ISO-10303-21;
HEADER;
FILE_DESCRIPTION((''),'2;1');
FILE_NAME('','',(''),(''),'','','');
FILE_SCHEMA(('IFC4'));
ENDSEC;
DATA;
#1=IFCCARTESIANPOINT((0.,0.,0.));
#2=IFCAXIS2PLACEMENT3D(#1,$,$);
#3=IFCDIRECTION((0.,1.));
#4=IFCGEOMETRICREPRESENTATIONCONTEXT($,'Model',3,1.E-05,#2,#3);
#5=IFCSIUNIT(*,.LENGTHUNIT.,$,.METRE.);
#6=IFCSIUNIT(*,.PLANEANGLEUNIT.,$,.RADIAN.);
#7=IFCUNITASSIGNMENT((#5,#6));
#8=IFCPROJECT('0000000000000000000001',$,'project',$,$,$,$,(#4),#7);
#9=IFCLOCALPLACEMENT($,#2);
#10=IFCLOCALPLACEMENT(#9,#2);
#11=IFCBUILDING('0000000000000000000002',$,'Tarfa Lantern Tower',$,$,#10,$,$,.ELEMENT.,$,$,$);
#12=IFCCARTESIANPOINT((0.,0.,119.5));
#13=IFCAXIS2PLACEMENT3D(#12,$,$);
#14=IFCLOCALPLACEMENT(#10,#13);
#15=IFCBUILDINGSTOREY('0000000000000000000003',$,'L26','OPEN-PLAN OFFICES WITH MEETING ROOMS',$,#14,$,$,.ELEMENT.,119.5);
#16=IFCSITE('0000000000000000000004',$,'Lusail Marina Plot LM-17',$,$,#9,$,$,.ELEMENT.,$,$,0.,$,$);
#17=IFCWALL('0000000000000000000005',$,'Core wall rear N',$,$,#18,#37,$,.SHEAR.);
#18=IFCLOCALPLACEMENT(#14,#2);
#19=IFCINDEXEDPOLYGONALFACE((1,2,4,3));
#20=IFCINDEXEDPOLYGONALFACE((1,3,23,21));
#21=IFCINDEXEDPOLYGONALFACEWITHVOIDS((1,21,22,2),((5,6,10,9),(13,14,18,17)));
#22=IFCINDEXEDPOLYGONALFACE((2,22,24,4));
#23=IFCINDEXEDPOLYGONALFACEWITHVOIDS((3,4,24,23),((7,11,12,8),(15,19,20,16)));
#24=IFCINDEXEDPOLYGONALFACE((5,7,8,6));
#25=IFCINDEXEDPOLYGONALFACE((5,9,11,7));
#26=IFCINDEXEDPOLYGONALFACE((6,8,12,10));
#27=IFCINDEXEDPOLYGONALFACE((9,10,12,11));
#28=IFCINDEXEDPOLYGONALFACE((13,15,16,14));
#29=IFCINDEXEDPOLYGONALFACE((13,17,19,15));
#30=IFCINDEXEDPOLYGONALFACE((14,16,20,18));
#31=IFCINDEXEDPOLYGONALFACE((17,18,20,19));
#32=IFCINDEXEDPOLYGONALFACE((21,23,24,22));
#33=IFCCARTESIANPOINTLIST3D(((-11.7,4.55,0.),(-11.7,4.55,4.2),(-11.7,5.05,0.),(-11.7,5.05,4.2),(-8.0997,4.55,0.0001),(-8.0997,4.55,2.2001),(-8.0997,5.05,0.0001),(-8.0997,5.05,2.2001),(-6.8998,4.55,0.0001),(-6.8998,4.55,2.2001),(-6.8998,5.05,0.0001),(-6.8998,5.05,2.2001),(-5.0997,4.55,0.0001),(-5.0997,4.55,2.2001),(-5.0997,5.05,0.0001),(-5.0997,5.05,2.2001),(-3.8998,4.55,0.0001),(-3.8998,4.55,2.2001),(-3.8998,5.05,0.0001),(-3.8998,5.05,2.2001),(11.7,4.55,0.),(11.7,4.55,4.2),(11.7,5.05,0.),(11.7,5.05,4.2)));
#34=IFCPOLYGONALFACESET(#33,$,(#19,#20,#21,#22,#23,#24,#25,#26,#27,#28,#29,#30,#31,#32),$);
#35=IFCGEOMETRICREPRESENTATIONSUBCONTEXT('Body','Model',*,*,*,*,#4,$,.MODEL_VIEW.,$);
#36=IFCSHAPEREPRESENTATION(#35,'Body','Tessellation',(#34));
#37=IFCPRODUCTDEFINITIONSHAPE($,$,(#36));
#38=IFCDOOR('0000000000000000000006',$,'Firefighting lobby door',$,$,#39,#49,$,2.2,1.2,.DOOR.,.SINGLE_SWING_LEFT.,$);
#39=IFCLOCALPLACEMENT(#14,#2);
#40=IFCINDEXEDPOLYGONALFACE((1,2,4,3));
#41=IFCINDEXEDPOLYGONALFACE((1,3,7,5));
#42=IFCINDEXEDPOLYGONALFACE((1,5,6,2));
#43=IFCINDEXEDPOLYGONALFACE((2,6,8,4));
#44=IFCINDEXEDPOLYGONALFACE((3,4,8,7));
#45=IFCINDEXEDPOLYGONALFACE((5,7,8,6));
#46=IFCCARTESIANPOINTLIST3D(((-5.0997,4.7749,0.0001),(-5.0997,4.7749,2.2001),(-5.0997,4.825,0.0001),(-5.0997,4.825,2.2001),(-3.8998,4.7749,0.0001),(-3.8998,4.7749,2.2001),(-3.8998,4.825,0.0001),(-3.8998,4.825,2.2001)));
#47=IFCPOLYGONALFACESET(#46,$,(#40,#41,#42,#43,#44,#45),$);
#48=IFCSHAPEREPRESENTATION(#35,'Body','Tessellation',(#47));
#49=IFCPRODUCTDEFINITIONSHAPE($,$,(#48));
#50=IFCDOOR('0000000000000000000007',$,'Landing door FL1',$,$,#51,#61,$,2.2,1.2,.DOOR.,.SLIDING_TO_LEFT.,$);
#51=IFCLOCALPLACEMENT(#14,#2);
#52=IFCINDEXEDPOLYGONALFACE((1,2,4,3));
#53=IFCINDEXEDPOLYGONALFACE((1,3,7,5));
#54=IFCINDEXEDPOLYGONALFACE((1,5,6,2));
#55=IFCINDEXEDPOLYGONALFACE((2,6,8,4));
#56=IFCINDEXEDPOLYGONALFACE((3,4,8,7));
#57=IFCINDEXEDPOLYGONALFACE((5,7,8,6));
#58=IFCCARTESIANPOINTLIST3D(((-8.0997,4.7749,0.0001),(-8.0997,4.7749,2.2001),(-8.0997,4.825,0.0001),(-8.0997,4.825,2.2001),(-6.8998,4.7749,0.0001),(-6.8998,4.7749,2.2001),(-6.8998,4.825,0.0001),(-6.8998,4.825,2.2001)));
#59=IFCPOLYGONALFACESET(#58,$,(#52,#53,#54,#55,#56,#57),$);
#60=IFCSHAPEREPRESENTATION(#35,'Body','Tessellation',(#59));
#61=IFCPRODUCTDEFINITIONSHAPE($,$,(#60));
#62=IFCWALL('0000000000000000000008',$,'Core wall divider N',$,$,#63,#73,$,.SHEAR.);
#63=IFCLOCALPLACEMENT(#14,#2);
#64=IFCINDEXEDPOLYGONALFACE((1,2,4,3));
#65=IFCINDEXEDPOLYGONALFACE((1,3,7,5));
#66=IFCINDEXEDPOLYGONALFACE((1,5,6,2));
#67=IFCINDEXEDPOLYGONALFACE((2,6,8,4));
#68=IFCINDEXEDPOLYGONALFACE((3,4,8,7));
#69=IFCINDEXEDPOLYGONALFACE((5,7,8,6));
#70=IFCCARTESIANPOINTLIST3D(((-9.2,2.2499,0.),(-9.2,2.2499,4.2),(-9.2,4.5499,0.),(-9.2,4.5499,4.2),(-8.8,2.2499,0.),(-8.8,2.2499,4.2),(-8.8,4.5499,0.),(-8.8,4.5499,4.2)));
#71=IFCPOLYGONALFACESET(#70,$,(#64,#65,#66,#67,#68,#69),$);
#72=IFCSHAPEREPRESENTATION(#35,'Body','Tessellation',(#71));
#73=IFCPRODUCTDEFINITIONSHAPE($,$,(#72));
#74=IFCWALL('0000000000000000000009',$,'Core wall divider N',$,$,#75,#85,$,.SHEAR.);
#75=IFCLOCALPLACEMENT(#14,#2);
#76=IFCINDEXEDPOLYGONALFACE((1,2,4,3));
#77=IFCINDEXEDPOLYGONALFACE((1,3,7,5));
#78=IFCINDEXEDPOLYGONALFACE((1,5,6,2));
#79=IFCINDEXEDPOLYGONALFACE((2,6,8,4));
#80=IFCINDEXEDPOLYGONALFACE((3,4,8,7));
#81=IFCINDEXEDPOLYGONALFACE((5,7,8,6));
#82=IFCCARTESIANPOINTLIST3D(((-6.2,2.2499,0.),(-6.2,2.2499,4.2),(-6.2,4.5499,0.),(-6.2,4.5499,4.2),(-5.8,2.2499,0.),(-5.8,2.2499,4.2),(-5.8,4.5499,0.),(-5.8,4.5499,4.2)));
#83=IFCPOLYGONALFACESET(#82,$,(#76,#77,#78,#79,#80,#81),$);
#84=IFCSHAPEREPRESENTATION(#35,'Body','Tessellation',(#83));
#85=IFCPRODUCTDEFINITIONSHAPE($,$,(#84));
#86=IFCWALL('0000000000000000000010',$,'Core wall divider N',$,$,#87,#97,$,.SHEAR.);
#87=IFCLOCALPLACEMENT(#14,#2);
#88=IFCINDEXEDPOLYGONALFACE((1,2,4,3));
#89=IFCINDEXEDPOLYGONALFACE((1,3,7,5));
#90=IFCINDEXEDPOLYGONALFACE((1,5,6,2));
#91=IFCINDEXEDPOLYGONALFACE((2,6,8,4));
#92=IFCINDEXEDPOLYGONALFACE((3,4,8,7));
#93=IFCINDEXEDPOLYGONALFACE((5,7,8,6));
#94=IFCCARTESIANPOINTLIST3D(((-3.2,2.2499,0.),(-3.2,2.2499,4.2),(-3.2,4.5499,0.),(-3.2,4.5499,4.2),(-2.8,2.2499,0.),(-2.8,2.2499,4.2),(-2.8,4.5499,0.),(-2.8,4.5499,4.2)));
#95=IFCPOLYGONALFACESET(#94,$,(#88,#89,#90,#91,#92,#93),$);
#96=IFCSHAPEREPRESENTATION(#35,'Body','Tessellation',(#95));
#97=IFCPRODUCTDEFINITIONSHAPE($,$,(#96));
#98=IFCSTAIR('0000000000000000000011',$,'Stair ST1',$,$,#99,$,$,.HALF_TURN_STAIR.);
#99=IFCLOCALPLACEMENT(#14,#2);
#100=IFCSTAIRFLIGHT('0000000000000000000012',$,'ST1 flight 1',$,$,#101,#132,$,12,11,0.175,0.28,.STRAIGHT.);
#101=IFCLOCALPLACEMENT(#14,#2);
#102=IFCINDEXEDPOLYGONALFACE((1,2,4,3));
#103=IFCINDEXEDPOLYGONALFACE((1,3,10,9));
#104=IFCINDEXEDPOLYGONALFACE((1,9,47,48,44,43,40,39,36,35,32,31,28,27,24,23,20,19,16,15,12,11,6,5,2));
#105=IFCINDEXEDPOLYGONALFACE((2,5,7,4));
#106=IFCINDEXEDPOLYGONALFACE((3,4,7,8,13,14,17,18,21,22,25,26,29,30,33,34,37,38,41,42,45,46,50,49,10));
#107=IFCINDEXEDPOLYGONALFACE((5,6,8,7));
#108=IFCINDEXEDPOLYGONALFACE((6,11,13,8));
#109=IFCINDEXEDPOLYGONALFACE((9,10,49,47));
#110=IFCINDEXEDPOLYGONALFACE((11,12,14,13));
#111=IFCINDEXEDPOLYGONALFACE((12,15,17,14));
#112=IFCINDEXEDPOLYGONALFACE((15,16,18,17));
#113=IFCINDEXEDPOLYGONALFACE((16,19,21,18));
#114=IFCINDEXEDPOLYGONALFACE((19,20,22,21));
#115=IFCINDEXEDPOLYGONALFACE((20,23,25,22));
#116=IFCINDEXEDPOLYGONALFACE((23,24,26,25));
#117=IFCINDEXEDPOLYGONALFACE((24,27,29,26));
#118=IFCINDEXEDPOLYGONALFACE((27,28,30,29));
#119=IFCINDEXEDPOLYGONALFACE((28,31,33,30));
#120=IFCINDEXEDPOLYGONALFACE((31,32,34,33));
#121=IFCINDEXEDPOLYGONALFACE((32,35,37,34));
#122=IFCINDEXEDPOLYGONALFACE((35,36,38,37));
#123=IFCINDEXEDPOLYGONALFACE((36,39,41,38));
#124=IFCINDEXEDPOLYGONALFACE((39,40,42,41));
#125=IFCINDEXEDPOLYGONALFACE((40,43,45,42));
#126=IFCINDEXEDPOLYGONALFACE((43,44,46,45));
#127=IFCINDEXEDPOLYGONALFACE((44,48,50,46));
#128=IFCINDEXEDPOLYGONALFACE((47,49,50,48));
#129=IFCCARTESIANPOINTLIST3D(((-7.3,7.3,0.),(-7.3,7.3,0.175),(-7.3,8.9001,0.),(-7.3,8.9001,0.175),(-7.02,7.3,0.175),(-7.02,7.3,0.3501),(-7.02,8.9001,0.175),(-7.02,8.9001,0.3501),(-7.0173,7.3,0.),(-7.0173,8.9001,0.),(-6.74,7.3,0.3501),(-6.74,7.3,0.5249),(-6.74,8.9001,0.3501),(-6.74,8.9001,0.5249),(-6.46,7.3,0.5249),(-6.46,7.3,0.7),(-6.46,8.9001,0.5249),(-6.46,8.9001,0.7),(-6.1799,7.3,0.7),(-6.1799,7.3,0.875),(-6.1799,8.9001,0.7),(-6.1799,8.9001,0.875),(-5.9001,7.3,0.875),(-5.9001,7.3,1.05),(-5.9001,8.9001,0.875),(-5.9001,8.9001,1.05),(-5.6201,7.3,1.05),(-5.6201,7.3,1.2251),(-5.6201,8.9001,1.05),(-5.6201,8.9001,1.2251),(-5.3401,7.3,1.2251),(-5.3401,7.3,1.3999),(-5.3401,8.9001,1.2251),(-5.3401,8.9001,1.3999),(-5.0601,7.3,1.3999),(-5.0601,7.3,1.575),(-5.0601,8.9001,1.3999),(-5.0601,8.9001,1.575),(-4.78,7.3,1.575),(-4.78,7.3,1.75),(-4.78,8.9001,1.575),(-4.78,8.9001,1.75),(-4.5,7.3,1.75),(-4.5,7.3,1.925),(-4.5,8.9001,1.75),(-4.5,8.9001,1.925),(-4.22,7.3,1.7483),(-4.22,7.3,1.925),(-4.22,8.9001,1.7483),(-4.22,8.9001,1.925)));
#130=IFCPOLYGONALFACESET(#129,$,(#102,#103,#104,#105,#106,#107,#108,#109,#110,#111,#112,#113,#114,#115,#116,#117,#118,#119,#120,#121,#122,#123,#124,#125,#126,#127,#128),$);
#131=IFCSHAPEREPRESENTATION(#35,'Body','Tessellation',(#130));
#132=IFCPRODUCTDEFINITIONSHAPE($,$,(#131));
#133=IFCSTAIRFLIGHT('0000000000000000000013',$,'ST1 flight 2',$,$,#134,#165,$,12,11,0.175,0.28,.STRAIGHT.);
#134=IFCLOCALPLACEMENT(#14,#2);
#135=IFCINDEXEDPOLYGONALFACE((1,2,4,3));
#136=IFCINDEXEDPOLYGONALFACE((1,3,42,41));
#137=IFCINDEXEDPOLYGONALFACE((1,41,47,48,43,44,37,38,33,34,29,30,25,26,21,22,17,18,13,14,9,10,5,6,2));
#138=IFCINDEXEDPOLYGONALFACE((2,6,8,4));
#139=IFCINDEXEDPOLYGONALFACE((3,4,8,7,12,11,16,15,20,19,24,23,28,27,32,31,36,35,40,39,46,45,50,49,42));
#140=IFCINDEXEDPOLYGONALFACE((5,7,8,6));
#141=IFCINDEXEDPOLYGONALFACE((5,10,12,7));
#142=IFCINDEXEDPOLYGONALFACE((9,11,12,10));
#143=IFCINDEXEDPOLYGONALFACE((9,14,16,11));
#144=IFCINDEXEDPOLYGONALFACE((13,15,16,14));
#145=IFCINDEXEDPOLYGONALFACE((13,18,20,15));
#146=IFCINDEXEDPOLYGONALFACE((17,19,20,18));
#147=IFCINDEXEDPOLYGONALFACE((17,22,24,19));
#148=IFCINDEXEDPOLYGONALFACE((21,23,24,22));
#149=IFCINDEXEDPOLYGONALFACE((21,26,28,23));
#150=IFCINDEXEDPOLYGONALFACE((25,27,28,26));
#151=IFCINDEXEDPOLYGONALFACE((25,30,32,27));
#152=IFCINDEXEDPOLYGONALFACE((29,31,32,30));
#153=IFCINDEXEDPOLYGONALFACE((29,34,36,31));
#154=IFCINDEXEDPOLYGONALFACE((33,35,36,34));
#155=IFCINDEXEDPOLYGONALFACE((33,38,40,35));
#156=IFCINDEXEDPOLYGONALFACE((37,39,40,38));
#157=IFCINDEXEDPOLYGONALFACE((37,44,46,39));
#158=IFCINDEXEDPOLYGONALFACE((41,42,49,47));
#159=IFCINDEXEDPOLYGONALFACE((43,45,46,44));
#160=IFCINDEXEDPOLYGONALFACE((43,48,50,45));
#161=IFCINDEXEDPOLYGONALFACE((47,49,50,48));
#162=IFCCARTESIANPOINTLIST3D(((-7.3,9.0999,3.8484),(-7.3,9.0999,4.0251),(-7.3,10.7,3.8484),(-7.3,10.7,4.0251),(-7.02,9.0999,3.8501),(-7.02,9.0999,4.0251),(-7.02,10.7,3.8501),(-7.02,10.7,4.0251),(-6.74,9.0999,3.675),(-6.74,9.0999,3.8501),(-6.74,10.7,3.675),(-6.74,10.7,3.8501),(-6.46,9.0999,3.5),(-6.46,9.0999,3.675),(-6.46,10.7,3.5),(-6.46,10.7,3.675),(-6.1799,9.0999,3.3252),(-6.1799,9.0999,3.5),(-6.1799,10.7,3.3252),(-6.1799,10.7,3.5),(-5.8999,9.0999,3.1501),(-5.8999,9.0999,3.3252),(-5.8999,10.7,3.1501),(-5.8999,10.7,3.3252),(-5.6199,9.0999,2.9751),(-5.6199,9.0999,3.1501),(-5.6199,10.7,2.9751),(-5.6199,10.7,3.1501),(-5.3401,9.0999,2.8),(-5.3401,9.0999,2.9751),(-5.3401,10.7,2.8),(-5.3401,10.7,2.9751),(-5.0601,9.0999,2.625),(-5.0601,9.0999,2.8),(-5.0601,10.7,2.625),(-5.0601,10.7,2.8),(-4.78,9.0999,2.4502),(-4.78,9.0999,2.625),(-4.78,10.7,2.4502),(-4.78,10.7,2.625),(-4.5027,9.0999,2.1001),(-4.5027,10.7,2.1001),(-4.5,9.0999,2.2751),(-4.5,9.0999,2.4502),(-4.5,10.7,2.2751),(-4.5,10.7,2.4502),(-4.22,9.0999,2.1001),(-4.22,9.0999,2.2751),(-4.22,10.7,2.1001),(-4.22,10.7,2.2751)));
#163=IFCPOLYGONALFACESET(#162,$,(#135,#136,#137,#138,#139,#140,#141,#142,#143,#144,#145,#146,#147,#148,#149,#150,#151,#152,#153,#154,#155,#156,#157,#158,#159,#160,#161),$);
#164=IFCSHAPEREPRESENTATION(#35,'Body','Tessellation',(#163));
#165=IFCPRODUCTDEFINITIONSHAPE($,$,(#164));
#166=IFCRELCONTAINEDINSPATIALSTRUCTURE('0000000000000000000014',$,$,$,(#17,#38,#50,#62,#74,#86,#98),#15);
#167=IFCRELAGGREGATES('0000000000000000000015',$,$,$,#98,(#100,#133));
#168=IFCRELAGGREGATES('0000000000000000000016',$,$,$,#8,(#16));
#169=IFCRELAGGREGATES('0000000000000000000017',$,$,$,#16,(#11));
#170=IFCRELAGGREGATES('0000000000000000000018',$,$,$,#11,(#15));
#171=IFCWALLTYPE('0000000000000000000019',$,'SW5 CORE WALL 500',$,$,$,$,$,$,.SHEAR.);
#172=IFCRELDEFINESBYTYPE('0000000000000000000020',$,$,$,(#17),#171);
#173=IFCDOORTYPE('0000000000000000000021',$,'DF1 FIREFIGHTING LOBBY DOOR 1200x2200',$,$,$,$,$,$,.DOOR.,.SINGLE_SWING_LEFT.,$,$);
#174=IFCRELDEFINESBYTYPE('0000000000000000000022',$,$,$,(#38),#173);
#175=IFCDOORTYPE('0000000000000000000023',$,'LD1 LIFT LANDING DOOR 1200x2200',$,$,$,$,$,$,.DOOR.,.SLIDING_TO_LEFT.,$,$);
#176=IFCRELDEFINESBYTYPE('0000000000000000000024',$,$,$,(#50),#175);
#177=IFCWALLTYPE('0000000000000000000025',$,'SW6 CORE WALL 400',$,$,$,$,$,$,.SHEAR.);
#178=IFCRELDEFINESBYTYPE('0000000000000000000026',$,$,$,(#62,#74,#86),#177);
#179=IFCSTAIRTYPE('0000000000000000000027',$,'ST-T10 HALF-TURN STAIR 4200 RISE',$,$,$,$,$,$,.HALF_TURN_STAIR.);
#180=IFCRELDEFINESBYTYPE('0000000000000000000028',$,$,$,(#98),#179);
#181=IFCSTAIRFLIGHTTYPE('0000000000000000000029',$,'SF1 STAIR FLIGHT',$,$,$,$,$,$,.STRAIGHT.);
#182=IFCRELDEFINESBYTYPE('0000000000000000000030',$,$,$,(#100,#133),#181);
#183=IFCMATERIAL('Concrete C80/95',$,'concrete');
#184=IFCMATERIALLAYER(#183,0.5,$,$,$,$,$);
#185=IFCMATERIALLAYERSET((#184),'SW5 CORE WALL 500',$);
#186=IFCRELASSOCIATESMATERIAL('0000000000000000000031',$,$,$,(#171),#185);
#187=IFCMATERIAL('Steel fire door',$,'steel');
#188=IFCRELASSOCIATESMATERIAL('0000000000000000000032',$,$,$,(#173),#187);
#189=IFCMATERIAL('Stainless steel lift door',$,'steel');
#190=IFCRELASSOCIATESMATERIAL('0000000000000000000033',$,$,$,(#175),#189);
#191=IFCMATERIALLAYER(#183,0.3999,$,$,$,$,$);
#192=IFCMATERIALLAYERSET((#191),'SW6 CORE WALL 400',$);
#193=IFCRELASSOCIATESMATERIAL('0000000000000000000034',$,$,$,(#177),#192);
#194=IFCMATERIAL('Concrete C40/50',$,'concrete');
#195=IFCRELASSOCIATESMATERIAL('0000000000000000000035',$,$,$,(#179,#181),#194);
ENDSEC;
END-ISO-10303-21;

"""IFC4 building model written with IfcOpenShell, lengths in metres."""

from ifc_helpers import new_model, si_unit, direction, frame, frame_2d, origin, place, context, subcontext, project, spatial, polyline, rectangle, outline, extrude, material, layer, layer_set, type_object, element, fill, aggregate, save


model = new_model("IFC4")

# Units and contexts
model_context = context("Model", 3, precision=1e-05, world=origin(), true_north=direction((0.0, 1.0)))
body_context = subcontext(model_context, "Body", "Model", "MODEL_VIEW")
ifc_project = project(units=[si_unit("LENGTHUNIT", "METRE"), si_unit("PLANEANGLEUNIT", "RADIAN")], contexts=[model_context])

# Site, building, storey
site_placement = place(None, origin())
site = spatial("IfcSite", under=ifc_project, at=site_placement, Name="Lusail Marina Plot LM-17", CompositionType="ELEMENT", RefElevation=0.0)
building_placement = place(site_placement, origin())
building = spatial("IfcBuilding", under=site, at=building_placement, Name="Tarfa Lantern Tower", CompositionType="ELEMENT")
storey_placement = place(building_placement, frame((0.0, 0.0, 119.5)))
storey = spatial("IfcBuildingStorey", under=building, at=storey_placement, Name="L26", Description="OPEN-PLAN OFFICES WITH MEETING ROOMS", CompositionType="ELEMENT", Elevation=119.5)

# Shared definitions
ifc_material_1 = material(Name="Concrete C80/95", Category="concrete")

# Shared definitions
ifc_material_2 = material(Name="Steel fire door", Category="steel")

# Wall, openings, doors
ifc_layer_1 = layer(ifc_material_1, 0.5)
ifc_layer_set_1 = layer_set([ifc_layer_1], Name="SW5 CORE WALL 500")
wall_type_1 = type_object("IfcWallType", Name="SW5 CORE WALL 500", PredefinedType="SHEAR", material=ifc_layer_set_1)
ifc_material_3 = material(Name="Stainless steel lift door", Category="steel")
wall_1_placement = place(storey_placement, frame((-11.7, 4.8, 0.0), z_axis=(0.0, 0.0, 1.0), x_axis=(1.0, 0.0, 0.0)))
wall_1 = element("IfcWall", 1, at=wall_1_placement, inside=storey, type_object=wall_type_1, Name="Core wall rear N", PredefinedType="SHEAR", context=body_context, shape_type="SweptSolid", body=[
    extrude(rectangle(XDim=23.3999, YDim=0.5, at=frame_2d((11.7, 0.0))), origin(), (0.0, 0.0, 1.0), 4.2),
])
opening_1_placement = place(wall_1_placement, frame((6.6001, 0.0, 0.0)))
opening_1 = element("IfcOpeningElement", 2, at=opening_1_placement, cuts=wall_1, PredefinedType="OPENING", context=body_context, shape_type="SweptSolid", body=[
    extrude(rectangle(XDim=1.2, YDim=2.2, at=frame_2d((0.6001, 1.1001))), frame((0.0, 0.26, 0.0), z_axis=(0.0, -1.0, 0.0), x_axis=(1.0, 0.0, 0.0)), (0.0, 0.0, 1.0), 0.52),
])
opening_2_placement = place(wall_1_placement, frame((3.6001, 0.0, 0.0)))
opening_2 = element("IfcOpeningElement", 3, at=opening_2_placement, cuts=wall_1, PredefinedType="OPENING", context=body_context, shape_type="SweptSolid", body=[
    extrude(rectangle(XDim=1.2, YDim=2.2, at=frame_2d((0.6001, 1.1001))), frame((0.0, 0.26, 0.0), z_axis=(0.0, -1.0, 0.0), x_axis=(1.0, 0.0, 0.0)), (0.0, 0.0, 1.0), 0.52),
])
door_type_1 = type_object("IfcDoorType", Name="DF1 FIREFIGHTING LOBBY DOOR 1200x2200", OperationType="SINGLE_SWING_LEFT", PredefinedType="DOOR", material=ifc_material_2)
door_1_placement = place(opening_1_placement, origin())
door_1 = element("IfcDoor", 4, at=door_1_placement, inside=storey, type_object=door_type_1, Name="Firefighting lobby door", OperationType="SINGLE_SWING_LEFT", OverallHeight=2.2, OverallWidth=1.2, PredefinedType="DOOR", context=body_context, shape_type="SweptSolid", body=[
    extrude(rectangle(XDim=1.2, YDim=2.2, at=frame_2d((0.6001, 1.1001))), frame((0.0, 0.0249, 0.0), z_axis=(0.0, -1.0, 0.0), x_axis=(1.0, 0.0, 0.0)), (0.0, 0.0, 1.0), 0.05),
])
fill(opening_1, door_1)
door_type_2 = type_object("IfcDoorType", Name="LD1 LIFT LANDING DOOR 1200x2200", OperationType="SLIDING_TO_LEFT", PredefinedType="DOOR", material=ifc_material_3)
door_2_placement = place(opening_2_placement, origin())
door_2 = element("IfcDoor", 5, at=door_2_placement, inside=storey, type_object=door_type_2, Name="Landing door FL1", OperationType="SLIDING_TO_LEFT", OverallHeight=2.2, OverallWidth=1.2, PredefinedType="DOOR", context=body_context, shape_type="SweptSolid", body=[
    extrude(rectangle(XDim=1.2, YDim=2.2, at=frame_2d((0.6001, 1.1001))), frame((0.0, 0.0249, 0.0), z_axis=(0.0, -1.0, 0.0), x_axis=(1.0, 0.0, 0.0)), (0.0, 0.0, 1.0), 0.05),
])
fill(opening_2, door_2)

# Walls
ifc_layer_2 = layer(ifc_material_1, 0.3999)
ifc_layer_set_2 = layer_set([ifc_layer_2], Name="SW6 CORE WALL 400")
wall_type_2 = type_object("IfcWallType", Name="SW6 CORE WALL 400", PredefinedType="SHEAR", material=ifc_layer_set_2)
for number, where, z_axis, x_axis, name in (
    (6, (-9.0, 2.25, 0.0), (0.0, 0.0, 1.0), (0.0, 1.0, 0.0), "Core wall divider N"),
    (7, (-6.0, 2.25, 0.0), (0.0, 0.0, 1.0), (0.0, 1.0, 0.0), "Core wall divider N"),
    (8, (-3.0, 2.25, 0.0), (0.0, 0.0, 1.0), (0.0, 1.0, 0.0), "Core wall divider N"),
):
    element("IfcWall", number, at=place(storey_placement, frame(where, z_axis=z_axis, x_axis=x_axis)), inside=storey, type_object=wall_type_2, Name=name, PredefinedType="SHEAR", context=body_context, shape_type="SweptSolid", body=[
        extrude(rectangle(XDim=2.3, YDim=0.3999, at=frame_2d((1.1499, 0.0))), origin(), (0.0, 0.0, 1.0), 4.2),
    ])

# Stair, stair flights
ifc_material_4 = material(Name="Concrete C40/50", Category="concrete")
stair_type = type_object("IfcStairType", Name="ST-T10 HALF-TURN STAIR 4200 RISE", PredefinedType="HALF_TURN_STAIR", material=ifc_material_4)
stair_placement = place(storey_placement, origin())
stair = element("IfcStair", 9, at=stair_placement, inside=storey, type_object=stair_type, Name="Stair ST1", PredefinedType="HALF_TURN_STAIR")
stair_flight_type = type_object("IfcStairFlightType", Name="SF1 STAIR FLIGHT", PredefinedType="STRAIGHT", material=ifc_material_4)
stair_flight_1_placement = place(storey_placement, frame((-7.3, 8.1001, 0.0), z_axis=(0.0, 0.0, 1.0), x_axis=(1.0, 0.0, 0.0)))
stair_flight_1 = element("IfcStairFlight", 10, at=stair_flight_1_placement, type_object=stair_flight_type, Name="ST1 flight 1", NumberOfRisers=12, NumberOfTreads=11, PredefinedType="STRAIGHT", RiserHeight=0.175, TreadLength=0.28, context=body_context, shape_type="SweptSolid", body=[
    extrude(outline(polyline([(0.0, 0.0), (0.0, 0.175), (0.28, 0.175), (0.28, 0.3501), (0.5601, 0.3501), (0.5601, 0.5249), (0.8401, 0.5249), (0.8401, 0.7), (1.1201, 0.7), (1.1201, 0.875), (1.3999, 0.875), (1.3999, 1.05), (1.6799, 1.05), (1.6799, 1.2251), (1.96, 1.2251), (1.96, 1.3999), (2.24, 1.3999), (2.24, 1.575), (2.52, 1.575), (2.52, 1.75), (2.8, 1.75), (2.8, 1.925), (3.0801, 1.925), (3.0801, 2.1001), (3.0801, 1.7483), (0.2827, 0.0), (0.0, 0.0)])), frame((0.0, 0.8, 0.0), z_axis=(0.0, -1.0, 0.0), x_axis=(1.0, 0.0, 0.0)), (0.0, 0.0, 1.0), 1.6001),
])
stair_flight_2_placement = place(storey_placement, frame((-4.22, 9.8999, 2.1001), z_axis=(0.0, 0.0, 1.0), x_axis=(-1.0, 0.0, 0.0)))
stair_flight_2 = element("IfcStairFlight", 11, at=stair_flight_2_placement, type_object=stair_flight_type, Name="ST1 flight 2", NumberOfRisers=12, NumberOfTreads=11, PredefinedType="STRAIGHT", RiserHeight=0.175, TreadLength=0.28, context=body_context, shape_type="SweptSolid", body=[
    extrude(outline(polyline([(0.0, 0.0), (0.0, 0.175), (0.28, 0.175), (0.28, 0.3501), (0.5601, 0.3501), (0.5601, 0.5249), (0.8401, 0.5249), (0.8401, 0.7), (1.1201, 0.7), (1.1201, 0.875), (1.3999, 0.875), (1.3999, 1.05), (1.6799, 1.05), (1.6799, 1.2251), (1.96, 1.2251), (1.96, 1.3999), (2.24, 1.3999), (2.24, 1.575), (2.52, 1.575), (2.52, 1.75), (2.8, 1.75), (2.8, 1.925), (3.0801, 1.925), (3.0801, 2.1001), (3.0801, 1.7483), (0.2827, 0.0), (0.0, 0.0)])), frame((0.0, 0.8, 0.0), z_axis=(0.0, -1.0, 0.0), x_axis=(1.0, 0.0, 0.0)), (0.0, 0.0, 1.0), 1.6001),
])
aggregate(stair, [stair_flight_1, stair_flight_2])

save(model, "model.ifc")
